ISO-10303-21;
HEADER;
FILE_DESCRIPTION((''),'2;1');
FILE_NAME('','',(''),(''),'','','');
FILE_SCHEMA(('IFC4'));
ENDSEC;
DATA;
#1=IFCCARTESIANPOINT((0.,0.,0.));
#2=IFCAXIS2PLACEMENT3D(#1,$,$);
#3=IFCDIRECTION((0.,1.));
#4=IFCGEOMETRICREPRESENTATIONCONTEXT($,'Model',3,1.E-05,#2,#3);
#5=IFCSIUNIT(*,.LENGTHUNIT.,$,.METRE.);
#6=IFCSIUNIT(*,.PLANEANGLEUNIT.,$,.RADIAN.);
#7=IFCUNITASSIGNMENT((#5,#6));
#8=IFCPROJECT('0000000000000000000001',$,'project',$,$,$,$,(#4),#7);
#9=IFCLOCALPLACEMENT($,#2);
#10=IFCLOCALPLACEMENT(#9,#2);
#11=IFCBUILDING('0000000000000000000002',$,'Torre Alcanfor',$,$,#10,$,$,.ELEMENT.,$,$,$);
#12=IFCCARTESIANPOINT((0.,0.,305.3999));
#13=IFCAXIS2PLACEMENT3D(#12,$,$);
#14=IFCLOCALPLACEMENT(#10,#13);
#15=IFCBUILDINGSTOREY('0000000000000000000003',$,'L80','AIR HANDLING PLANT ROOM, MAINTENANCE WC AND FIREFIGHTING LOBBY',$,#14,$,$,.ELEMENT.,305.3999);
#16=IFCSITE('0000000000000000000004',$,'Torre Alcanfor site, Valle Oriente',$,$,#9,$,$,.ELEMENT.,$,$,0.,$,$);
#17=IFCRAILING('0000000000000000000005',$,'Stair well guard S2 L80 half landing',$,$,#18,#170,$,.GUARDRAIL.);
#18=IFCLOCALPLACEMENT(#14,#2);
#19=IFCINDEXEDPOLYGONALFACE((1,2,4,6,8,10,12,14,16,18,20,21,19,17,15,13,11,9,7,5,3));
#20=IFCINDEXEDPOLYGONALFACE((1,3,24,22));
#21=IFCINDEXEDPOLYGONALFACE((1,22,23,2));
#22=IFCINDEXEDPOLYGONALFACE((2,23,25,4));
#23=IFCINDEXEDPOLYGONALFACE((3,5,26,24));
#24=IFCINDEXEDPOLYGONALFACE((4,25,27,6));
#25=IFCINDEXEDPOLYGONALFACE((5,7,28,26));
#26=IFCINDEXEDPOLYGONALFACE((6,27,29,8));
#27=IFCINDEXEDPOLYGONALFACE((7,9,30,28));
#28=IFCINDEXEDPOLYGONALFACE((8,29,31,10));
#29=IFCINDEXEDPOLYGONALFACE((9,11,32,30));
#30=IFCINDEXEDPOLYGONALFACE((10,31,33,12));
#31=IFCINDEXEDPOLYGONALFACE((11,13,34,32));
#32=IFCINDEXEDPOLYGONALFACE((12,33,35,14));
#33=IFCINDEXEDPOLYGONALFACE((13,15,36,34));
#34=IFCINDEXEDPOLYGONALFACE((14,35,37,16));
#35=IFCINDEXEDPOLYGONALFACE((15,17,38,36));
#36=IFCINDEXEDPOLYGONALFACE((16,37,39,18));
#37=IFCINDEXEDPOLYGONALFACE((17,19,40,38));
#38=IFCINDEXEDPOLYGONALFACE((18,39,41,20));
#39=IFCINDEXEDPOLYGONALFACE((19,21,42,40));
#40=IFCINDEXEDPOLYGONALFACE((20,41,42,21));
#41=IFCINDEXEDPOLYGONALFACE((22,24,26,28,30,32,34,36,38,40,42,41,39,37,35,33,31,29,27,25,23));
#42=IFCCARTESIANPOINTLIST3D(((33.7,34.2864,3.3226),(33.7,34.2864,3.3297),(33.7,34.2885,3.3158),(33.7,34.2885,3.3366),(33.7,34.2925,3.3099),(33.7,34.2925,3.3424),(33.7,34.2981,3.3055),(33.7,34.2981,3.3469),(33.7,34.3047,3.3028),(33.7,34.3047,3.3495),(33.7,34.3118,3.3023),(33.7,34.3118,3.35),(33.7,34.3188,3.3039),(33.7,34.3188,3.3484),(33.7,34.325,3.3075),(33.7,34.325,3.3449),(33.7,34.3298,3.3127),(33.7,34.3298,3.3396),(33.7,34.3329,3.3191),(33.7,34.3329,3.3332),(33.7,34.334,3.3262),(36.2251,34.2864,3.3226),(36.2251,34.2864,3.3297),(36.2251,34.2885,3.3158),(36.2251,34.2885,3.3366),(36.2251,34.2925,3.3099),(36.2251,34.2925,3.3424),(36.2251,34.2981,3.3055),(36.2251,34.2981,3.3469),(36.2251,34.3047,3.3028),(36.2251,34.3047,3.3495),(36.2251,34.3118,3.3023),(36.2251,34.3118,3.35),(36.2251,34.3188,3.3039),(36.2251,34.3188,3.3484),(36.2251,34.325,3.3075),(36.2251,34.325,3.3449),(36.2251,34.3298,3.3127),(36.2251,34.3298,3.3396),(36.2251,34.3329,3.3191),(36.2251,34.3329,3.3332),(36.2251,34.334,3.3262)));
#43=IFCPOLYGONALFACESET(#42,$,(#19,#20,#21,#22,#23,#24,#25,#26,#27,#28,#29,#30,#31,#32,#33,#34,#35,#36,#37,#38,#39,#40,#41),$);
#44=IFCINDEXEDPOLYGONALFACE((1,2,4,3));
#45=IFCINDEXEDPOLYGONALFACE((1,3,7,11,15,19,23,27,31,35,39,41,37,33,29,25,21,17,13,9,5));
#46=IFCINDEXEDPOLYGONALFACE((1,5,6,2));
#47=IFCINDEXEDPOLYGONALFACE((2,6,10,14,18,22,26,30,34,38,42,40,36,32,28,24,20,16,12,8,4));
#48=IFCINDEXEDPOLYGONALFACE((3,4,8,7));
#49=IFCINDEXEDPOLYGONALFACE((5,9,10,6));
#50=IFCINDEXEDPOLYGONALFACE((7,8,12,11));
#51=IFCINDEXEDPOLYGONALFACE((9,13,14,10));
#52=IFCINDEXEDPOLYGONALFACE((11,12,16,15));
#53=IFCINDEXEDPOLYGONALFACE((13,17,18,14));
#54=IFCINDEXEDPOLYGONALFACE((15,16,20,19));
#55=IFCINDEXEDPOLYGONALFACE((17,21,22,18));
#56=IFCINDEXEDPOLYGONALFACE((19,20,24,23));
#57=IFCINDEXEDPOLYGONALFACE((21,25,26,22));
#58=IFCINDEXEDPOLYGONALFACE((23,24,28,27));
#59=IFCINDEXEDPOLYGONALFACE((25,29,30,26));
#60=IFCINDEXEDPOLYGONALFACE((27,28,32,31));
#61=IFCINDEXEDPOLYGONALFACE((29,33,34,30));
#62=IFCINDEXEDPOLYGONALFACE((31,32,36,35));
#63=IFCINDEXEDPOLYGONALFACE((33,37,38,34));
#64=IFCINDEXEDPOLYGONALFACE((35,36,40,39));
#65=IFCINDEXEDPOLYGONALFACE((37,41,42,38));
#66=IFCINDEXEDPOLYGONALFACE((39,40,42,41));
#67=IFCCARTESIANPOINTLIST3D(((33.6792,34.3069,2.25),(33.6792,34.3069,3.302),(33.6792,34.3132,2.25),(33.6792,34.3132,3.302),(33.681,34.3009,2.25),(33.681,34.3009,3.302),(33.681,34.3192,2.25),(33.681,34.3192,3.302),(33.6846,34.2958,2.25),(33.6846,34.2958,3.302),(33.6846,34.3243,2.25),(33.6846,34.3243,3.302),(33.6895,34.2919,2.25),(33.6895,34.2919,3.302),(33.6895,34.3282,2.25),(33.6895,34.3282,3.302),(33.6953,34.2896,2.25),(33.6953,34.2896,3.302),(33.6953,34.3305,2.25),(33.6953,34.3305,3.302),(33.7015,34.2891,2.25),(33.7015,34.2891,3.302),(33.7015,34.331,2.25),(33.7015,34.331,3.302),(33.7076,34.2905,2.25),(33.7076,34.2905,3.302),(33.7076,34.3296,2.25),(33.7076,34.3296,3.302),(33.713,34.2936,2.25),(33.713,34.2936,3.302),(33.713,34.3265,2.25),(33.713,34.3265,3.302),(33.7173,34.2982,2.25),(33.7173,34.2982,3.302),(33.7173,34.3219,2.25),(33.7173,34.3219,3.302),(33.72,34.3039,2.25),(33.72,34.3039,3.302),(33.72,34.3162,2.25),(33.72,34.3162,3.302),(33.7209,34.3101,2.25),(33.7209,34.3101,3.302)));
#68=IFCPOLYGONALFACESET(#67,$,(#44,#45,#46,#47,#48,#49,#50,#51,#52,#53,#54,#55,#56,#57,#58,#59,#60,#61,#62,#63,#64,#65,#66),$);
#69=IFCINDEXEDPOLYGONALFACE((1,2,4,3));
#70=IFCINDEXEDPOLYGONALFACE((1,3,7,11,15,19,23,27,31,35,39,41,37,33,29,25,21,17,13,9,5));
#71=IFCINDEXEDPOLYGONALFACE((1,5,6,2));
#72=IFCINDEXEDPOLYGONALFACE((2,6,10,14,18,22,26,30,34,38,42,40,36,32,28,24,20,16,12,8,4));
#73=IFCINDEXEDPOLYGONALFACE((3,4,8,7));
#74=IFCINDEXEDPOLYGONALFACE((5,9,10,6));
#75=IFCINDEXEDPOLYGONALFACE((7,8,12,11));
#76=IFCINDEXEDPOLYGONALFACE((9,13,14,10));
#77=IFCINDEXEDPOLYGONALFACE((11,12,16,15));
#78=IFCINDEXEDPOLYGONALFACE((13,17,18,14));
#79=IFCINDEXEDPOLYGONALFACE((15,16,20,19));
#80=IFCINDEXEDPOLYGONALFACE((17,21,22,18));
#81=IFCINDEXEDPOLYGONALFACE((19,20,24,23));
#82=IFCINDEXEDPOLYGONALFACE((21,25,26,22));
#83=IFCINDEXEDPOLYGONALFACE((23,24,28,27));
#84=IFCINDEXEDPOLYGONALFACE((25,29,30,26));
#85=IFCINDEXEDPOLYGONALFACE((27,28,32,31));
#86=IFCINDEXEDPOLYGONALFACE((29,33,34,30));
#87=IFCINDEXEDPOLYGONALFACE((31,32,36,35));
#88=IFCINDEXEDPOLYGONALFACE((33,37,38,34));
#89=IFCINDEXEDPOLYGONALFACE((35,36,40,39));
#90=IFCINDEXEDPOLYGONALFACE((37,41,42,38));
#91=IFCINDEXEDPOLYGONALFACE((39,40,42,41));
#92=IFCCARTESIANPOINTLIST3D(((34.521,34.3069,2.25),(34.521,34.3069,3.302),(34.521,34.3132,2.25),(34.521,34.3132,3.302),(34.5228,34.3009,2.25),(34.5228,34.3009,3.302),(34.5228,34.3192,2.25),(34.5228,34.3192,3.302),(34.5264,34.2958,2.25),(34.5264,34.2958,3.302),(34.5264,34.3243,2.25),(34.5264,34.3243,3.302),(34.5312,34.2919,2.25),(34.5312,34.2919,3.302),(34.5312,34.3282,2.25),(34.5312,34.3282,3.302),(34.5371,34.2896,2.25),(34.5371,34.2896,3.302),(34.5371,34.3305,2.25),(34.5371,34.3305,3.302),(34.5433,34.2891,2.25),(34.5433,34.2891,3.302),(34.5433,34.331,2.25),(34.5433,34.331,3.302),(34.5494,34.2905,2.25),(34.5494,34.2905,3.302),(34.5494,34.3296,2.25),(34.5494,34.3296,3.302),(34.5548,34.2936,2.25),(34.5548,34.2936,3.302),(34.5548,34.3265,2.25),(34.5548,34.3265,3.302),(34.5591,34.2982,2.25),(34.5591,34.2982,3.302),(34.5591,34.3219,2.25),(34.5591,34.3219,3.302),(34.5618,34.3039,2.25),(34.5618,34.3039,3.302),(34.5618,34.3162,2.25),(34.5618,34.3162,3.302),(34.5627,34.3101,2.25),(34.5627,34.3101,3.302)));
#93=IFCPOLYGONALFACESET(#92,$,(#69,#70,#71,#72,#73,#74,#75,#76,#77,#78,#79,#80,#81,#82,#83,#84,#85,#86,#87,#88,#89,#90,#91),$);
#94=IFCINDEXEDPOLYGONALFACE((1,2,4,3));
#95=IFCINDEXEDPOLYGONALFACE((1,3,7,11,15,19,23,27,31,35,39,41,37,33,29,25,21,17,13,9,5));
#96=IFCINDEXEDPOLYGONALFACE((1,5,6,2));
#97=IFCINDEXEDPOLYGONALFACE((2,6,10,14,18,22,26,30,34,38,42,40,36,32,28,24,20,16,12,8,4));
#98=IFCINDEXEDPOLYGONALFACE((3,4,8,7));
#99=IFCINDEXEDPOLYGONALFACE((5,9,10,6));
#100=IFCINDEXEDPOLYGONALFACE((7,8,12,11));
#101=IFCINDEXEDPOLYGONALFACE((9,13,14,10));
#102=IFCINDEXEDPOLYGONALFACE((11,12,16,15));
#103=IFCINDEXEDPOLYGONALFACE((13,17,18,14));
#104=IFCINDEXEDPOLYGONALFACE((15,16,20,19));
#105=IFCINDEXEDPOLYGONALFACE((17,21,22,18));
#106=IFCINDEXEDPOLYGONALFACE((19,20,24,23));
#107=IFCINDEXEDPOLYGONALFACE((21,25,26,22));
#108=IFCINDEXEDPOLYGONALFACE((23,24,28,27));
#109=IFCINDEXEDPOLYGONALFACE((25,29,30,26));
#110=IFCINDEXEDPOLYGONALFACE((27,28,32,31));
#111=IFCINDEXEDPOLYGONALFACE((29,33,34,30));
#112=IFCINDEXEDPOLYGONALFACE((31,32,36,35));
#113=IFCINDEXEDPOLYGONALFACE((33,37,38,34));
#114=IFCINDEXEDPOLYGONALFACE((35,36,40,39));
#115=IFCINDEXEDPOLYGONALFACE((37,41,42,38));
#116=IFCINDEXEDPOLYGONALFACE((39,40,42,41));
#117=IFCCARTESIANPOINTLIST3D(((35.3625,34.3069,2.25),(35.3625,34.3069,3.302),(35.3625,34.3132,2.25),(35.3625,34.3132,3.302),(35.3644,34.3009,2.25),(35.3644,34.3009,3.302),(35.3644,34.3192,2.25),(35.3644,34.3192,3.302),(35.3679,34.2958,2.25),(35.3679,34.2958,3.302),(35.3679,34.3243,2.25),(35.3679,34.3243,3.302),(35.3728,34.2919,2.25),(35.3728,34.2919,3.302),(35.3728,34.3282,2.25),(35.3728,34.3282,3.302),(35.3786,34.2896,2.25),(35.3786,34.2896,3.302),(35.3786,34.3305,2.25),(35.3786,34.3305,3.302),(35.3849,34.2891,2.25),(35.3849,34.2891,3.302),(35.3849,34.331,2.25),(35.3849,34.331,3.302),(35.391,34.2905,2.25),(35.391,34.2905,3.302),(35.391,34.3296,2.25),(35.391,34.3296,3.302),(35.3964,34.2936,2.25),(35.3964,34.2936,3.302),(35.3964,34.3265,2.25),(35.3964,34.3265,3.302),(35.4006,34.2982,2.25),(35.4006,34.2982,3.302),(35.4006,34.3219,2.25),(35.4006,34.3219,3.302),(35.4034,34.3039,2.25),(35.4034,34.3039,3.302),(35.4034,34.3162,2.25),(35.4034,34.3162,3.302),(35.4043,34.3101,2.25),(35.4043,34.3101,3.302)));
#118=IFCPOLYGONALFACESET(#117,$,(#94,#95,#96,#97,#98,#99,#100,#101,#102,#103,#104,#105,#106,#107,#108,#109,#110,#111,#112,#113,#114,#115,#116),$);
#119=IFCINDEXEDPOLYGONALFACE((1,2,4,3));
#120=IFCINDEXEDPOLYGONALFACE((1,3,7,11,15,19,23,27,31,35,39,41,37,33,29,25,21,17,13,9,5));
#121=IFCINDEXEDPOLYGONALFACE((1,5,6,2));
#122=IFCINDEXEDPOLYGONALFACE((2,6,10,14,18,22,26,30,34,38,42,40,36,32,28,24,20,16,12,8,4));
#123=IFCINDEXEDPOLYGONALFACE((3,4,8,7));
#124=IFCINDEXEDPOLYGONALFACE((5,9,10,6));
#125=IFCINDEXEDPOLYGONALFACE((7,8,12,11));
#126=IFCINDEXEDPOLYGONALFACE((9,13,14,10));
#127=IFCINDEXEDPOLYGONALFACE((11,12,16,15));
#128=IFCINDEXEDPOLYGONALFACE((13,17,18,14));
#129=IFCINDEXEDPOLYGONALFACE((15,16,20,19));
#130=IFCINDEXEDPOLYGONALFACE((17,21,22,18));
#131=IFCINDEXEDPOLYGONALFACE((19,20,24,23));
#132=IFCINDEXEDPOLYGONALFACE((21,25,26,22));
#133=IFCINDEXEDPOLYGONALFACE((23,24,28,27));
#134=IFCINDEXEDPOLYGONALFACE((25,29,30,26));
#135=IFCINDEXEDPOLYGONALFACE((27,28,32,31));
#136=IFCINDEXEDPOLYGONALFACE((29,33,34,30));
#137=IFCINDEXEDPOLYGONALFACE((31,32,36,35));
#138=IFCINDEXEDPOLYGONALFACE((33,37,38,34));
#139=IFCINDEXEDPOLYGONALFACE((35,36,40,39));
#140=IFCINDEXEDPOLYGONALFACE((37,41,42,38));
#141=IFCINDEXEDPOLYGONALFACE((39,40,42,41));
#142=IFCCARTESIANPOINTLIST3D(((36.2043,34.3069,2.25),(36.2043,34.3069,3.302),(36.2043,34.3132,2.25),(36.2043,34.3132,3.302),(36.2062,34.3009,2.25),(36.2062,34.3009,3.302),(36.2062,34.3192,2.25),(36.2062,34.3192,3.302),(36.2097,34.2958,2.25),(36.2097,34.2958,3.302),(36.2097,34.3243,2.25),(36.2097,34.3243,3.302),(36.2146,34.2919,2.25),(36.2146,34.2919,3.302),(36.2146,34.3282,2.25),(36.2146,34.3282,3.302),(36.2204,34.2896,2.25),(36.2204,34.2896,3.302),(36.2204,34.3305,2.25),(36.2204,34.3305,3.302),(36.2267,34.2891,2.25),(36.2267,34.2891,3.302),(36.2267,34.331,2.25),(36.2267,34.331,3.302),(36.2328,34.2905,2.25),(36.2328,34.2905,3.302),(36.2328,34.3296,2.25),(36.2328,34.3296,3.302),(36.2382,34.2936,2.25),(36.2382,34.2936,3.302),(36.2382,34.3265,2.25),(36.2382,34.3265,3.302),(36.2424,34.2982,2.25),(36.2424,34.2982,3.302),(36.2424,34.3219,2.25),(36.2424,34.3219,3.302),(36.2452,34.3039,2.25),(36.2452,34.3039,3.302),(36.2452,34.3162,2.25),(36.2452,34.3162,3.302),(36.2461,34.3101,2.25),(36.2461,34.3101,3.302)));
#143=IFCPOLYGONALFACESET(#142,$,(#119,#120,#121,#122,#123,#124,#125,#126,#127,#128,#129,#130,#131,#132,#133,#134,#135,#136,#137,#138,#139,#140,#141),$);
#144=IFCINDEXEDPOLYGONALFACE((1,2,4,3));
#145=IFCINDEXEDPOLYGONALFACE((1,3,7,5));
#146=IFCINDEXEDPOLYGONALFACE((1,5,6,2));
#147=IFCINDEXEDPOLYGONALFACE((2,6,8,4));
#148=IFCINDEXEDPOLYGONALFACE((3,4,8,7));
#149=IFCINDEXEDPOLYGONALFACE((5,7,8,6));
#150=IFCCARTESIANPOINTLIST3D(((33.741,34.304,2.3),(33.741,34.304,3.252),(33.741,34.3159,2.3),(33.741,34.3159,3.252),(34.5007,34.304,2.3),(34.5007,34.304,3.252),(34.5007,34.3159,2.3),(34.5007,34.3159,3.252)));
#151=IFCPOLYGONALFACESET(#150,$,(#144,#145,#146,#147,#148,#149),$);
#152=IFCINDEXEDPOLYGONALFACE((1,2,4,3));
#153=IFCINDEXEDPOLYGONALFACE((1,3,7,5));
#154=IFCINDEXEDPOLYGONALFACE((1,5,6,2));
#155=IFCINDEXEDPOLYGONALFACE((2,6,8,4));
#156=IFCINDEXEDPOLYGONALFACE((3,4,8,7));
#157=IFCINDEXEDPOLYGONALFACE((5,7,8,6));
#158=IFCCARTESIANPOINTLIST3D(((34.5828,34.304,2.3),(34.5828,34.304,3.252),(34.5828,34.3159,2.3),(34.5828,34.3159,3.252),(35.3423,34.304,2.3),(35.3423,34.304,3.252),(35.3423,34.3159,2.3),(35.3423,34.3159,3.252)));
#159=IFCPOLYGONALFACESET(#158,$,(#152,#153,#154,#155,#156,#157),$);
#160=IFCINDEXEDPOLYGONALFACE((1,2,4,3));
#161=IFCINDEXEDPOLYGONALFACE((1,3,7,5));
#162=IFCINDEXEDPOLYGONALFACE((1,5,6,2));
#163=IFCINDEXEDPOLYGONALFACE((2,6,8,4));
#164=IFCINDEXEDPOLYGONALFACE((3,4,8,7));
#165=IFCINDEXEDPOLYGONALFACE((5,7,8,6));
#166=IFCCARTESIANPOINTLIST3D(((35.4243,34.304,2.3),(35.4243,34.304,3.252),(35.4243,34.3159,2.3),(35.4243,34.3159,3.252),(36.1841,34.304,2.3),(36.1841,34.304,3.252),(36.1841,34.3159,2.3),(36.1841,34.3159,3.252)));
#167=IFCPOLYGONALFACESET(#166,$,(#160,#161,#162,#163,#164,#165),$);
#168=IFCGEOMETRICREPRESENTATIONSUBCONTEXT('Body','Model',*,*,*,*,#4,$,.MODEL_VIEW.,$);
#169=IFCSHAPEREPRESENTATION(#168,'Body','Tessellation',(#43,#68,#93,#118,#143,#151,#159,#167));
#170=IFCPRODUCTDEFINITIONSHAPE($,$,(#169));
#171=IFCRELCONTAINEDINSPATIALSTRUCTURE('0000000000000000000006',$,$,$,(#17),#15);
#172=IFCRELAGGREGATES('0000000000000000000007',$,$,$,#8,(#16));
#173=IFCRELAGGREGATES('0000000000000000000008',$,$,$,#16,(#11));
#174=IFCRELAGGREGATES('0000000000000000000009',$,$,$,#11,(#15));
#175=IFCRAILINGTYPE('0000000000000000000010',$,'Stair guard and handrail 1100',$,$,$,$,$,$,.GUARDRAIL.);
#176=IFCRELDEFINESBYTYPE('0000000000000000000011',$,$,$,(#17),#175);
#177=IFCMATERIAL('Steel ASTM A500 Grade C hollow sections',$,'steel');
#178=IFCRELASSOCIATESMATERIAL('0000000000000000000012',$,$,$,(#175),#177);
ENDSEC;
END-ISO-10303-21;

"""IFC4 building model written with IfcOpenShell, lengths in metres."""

from ifc_helpers import new_model, si_unit, direction, frame, origin, origin_2d, place, context, subcontext, project, spatial, polyline, circle, outline, extrude, material, type_object, element, save


model = new_model("IFC4")

# Units and contexts
model_context = context("Model", 3, precision=1e-05, world=origin(), true_north=direction((0.0, 1.0)))
body_context = subcontext(model_context, "Body", "Model", "MODEL_VIEW")
ifc_project = project(units=[si_unit("LENGTHUNIT", "METRE"), si_unit("PLANEANGLEUNIT", "RADIAN")], contexts=[model_context])

# Site, building, storey
site_placement = place(None, origin())
site = spatial("IfcSite", under=ifc_project, at=site_placement, Name="Torre Alcanfor site, Valle Oriente", CompositionType="ELEMENT", RefElevation=0.0)
building_placement = place(site_placement, origin())
building = spatial("IfcBuilding", under=site, at=building_placement, Name="Torre Alcanfor", CompositionType="ELEMENT")
storey_placement = place(building_placement, frame((0.0, 0.0, 305.3999)))
storey = spatial("IfcBuildingStorey", under=building, at=storey_placement, Name="L80", Description="AIR HANDLING PLANT ROOM, MAINTENANCE WC AND FIREFIGHTING LOBBY", CompositionType="ELEMENT", Elevation=305.3999)

# Railing
ifc_material_1 = material(Name="Steel ASTM A500 Grade C hollow sections", Category="steel")
railing_type_1 = type_object("IfcRailingType", Name="Stair guard and handrail 1100", PredefinedType="GUARDRAIL", material=ifc_material_1)
for number, where, name in (
    (1, (33.7, 34.3101, 2.25), "Stair well guard S2 L80 half landing"),
):
    element("IfcRailing", number, at=place(storey_placement, frame(where)), inside=storey, type_object=railing_type_1, Name=name, PredefinedType="GUARDRAIL", context=body_context, shape_type="SweptSolid", body=[
        extrude(circle(Radius=0.0239, at=origin_2d()), frame((0.0, 0.0, 1.0762), z_axis=(1.0, 0.0, 0.0), x_axis=(0.0, 1.0, 0.0)), (0.0, 0.0, 1.0), 2.5251),
        extrude(circle(Radius=0.021, at=origin_2d()), origin(), (0.0, 0.0, 1.0), 1.052),
        extrude(circle(Radius=0.021, at=origin_2d()), frame((0.8418, 0.0, 0.0)), (0.0, 0.0, 1.0), 1.052),
        extrude(circle(Radius=0.021, at=origin_2d()), frame((1.6833, 0.0, 0.0)), (0.0, 0.0, 1.0), 1.052),
        extrude(circle(Radius=0.021, at=origin_2d()), frame((2.5251, 0.0, 0.0)), (0.0, 0.0, 1.0), 1.052),
        extrude(outline(polyline([(0.041, 0.05), (0.8008, 0.05), (0.8008, 1.002), (0.041, 1.002), (0.041, 0.05)])), frame((0.0, 0.0059, 0.0), z_axis=(0.0, -1.0, 0.0), x_axis=(1.0, 0.0, 0.0)), (0.0, 0.0, 1.0), 0.012),
        extrude(outline(polyline([(0.8828, 0.05), (1.6423, 0.05), (1.6423, 1.002), (0.8828, 1.002), (0.8828, 0.05)])), frame((0.0, 0.0059, 0.0), z_axis=(0.0, -1.0, 0.0), x_axis=(1.0, 0.0, 0.0)), (0.0, 0.0, 1.0), 0.012),
        extrude(outline(polyline([(1.7244, 0.05), (2.4841, 0.05), (2.4841, 1.002), (1.7244, 1.002), (1.7244, 0.05)])), frame((0.0, 0.0059, 0.0), z_axis=(0.0, -1.0, 0.0), x_axis=(1.0, 0.0, 0.0)), (0.0, 0.0, 1.0), 0.012),
    ])

save(model, "model.ifc")
